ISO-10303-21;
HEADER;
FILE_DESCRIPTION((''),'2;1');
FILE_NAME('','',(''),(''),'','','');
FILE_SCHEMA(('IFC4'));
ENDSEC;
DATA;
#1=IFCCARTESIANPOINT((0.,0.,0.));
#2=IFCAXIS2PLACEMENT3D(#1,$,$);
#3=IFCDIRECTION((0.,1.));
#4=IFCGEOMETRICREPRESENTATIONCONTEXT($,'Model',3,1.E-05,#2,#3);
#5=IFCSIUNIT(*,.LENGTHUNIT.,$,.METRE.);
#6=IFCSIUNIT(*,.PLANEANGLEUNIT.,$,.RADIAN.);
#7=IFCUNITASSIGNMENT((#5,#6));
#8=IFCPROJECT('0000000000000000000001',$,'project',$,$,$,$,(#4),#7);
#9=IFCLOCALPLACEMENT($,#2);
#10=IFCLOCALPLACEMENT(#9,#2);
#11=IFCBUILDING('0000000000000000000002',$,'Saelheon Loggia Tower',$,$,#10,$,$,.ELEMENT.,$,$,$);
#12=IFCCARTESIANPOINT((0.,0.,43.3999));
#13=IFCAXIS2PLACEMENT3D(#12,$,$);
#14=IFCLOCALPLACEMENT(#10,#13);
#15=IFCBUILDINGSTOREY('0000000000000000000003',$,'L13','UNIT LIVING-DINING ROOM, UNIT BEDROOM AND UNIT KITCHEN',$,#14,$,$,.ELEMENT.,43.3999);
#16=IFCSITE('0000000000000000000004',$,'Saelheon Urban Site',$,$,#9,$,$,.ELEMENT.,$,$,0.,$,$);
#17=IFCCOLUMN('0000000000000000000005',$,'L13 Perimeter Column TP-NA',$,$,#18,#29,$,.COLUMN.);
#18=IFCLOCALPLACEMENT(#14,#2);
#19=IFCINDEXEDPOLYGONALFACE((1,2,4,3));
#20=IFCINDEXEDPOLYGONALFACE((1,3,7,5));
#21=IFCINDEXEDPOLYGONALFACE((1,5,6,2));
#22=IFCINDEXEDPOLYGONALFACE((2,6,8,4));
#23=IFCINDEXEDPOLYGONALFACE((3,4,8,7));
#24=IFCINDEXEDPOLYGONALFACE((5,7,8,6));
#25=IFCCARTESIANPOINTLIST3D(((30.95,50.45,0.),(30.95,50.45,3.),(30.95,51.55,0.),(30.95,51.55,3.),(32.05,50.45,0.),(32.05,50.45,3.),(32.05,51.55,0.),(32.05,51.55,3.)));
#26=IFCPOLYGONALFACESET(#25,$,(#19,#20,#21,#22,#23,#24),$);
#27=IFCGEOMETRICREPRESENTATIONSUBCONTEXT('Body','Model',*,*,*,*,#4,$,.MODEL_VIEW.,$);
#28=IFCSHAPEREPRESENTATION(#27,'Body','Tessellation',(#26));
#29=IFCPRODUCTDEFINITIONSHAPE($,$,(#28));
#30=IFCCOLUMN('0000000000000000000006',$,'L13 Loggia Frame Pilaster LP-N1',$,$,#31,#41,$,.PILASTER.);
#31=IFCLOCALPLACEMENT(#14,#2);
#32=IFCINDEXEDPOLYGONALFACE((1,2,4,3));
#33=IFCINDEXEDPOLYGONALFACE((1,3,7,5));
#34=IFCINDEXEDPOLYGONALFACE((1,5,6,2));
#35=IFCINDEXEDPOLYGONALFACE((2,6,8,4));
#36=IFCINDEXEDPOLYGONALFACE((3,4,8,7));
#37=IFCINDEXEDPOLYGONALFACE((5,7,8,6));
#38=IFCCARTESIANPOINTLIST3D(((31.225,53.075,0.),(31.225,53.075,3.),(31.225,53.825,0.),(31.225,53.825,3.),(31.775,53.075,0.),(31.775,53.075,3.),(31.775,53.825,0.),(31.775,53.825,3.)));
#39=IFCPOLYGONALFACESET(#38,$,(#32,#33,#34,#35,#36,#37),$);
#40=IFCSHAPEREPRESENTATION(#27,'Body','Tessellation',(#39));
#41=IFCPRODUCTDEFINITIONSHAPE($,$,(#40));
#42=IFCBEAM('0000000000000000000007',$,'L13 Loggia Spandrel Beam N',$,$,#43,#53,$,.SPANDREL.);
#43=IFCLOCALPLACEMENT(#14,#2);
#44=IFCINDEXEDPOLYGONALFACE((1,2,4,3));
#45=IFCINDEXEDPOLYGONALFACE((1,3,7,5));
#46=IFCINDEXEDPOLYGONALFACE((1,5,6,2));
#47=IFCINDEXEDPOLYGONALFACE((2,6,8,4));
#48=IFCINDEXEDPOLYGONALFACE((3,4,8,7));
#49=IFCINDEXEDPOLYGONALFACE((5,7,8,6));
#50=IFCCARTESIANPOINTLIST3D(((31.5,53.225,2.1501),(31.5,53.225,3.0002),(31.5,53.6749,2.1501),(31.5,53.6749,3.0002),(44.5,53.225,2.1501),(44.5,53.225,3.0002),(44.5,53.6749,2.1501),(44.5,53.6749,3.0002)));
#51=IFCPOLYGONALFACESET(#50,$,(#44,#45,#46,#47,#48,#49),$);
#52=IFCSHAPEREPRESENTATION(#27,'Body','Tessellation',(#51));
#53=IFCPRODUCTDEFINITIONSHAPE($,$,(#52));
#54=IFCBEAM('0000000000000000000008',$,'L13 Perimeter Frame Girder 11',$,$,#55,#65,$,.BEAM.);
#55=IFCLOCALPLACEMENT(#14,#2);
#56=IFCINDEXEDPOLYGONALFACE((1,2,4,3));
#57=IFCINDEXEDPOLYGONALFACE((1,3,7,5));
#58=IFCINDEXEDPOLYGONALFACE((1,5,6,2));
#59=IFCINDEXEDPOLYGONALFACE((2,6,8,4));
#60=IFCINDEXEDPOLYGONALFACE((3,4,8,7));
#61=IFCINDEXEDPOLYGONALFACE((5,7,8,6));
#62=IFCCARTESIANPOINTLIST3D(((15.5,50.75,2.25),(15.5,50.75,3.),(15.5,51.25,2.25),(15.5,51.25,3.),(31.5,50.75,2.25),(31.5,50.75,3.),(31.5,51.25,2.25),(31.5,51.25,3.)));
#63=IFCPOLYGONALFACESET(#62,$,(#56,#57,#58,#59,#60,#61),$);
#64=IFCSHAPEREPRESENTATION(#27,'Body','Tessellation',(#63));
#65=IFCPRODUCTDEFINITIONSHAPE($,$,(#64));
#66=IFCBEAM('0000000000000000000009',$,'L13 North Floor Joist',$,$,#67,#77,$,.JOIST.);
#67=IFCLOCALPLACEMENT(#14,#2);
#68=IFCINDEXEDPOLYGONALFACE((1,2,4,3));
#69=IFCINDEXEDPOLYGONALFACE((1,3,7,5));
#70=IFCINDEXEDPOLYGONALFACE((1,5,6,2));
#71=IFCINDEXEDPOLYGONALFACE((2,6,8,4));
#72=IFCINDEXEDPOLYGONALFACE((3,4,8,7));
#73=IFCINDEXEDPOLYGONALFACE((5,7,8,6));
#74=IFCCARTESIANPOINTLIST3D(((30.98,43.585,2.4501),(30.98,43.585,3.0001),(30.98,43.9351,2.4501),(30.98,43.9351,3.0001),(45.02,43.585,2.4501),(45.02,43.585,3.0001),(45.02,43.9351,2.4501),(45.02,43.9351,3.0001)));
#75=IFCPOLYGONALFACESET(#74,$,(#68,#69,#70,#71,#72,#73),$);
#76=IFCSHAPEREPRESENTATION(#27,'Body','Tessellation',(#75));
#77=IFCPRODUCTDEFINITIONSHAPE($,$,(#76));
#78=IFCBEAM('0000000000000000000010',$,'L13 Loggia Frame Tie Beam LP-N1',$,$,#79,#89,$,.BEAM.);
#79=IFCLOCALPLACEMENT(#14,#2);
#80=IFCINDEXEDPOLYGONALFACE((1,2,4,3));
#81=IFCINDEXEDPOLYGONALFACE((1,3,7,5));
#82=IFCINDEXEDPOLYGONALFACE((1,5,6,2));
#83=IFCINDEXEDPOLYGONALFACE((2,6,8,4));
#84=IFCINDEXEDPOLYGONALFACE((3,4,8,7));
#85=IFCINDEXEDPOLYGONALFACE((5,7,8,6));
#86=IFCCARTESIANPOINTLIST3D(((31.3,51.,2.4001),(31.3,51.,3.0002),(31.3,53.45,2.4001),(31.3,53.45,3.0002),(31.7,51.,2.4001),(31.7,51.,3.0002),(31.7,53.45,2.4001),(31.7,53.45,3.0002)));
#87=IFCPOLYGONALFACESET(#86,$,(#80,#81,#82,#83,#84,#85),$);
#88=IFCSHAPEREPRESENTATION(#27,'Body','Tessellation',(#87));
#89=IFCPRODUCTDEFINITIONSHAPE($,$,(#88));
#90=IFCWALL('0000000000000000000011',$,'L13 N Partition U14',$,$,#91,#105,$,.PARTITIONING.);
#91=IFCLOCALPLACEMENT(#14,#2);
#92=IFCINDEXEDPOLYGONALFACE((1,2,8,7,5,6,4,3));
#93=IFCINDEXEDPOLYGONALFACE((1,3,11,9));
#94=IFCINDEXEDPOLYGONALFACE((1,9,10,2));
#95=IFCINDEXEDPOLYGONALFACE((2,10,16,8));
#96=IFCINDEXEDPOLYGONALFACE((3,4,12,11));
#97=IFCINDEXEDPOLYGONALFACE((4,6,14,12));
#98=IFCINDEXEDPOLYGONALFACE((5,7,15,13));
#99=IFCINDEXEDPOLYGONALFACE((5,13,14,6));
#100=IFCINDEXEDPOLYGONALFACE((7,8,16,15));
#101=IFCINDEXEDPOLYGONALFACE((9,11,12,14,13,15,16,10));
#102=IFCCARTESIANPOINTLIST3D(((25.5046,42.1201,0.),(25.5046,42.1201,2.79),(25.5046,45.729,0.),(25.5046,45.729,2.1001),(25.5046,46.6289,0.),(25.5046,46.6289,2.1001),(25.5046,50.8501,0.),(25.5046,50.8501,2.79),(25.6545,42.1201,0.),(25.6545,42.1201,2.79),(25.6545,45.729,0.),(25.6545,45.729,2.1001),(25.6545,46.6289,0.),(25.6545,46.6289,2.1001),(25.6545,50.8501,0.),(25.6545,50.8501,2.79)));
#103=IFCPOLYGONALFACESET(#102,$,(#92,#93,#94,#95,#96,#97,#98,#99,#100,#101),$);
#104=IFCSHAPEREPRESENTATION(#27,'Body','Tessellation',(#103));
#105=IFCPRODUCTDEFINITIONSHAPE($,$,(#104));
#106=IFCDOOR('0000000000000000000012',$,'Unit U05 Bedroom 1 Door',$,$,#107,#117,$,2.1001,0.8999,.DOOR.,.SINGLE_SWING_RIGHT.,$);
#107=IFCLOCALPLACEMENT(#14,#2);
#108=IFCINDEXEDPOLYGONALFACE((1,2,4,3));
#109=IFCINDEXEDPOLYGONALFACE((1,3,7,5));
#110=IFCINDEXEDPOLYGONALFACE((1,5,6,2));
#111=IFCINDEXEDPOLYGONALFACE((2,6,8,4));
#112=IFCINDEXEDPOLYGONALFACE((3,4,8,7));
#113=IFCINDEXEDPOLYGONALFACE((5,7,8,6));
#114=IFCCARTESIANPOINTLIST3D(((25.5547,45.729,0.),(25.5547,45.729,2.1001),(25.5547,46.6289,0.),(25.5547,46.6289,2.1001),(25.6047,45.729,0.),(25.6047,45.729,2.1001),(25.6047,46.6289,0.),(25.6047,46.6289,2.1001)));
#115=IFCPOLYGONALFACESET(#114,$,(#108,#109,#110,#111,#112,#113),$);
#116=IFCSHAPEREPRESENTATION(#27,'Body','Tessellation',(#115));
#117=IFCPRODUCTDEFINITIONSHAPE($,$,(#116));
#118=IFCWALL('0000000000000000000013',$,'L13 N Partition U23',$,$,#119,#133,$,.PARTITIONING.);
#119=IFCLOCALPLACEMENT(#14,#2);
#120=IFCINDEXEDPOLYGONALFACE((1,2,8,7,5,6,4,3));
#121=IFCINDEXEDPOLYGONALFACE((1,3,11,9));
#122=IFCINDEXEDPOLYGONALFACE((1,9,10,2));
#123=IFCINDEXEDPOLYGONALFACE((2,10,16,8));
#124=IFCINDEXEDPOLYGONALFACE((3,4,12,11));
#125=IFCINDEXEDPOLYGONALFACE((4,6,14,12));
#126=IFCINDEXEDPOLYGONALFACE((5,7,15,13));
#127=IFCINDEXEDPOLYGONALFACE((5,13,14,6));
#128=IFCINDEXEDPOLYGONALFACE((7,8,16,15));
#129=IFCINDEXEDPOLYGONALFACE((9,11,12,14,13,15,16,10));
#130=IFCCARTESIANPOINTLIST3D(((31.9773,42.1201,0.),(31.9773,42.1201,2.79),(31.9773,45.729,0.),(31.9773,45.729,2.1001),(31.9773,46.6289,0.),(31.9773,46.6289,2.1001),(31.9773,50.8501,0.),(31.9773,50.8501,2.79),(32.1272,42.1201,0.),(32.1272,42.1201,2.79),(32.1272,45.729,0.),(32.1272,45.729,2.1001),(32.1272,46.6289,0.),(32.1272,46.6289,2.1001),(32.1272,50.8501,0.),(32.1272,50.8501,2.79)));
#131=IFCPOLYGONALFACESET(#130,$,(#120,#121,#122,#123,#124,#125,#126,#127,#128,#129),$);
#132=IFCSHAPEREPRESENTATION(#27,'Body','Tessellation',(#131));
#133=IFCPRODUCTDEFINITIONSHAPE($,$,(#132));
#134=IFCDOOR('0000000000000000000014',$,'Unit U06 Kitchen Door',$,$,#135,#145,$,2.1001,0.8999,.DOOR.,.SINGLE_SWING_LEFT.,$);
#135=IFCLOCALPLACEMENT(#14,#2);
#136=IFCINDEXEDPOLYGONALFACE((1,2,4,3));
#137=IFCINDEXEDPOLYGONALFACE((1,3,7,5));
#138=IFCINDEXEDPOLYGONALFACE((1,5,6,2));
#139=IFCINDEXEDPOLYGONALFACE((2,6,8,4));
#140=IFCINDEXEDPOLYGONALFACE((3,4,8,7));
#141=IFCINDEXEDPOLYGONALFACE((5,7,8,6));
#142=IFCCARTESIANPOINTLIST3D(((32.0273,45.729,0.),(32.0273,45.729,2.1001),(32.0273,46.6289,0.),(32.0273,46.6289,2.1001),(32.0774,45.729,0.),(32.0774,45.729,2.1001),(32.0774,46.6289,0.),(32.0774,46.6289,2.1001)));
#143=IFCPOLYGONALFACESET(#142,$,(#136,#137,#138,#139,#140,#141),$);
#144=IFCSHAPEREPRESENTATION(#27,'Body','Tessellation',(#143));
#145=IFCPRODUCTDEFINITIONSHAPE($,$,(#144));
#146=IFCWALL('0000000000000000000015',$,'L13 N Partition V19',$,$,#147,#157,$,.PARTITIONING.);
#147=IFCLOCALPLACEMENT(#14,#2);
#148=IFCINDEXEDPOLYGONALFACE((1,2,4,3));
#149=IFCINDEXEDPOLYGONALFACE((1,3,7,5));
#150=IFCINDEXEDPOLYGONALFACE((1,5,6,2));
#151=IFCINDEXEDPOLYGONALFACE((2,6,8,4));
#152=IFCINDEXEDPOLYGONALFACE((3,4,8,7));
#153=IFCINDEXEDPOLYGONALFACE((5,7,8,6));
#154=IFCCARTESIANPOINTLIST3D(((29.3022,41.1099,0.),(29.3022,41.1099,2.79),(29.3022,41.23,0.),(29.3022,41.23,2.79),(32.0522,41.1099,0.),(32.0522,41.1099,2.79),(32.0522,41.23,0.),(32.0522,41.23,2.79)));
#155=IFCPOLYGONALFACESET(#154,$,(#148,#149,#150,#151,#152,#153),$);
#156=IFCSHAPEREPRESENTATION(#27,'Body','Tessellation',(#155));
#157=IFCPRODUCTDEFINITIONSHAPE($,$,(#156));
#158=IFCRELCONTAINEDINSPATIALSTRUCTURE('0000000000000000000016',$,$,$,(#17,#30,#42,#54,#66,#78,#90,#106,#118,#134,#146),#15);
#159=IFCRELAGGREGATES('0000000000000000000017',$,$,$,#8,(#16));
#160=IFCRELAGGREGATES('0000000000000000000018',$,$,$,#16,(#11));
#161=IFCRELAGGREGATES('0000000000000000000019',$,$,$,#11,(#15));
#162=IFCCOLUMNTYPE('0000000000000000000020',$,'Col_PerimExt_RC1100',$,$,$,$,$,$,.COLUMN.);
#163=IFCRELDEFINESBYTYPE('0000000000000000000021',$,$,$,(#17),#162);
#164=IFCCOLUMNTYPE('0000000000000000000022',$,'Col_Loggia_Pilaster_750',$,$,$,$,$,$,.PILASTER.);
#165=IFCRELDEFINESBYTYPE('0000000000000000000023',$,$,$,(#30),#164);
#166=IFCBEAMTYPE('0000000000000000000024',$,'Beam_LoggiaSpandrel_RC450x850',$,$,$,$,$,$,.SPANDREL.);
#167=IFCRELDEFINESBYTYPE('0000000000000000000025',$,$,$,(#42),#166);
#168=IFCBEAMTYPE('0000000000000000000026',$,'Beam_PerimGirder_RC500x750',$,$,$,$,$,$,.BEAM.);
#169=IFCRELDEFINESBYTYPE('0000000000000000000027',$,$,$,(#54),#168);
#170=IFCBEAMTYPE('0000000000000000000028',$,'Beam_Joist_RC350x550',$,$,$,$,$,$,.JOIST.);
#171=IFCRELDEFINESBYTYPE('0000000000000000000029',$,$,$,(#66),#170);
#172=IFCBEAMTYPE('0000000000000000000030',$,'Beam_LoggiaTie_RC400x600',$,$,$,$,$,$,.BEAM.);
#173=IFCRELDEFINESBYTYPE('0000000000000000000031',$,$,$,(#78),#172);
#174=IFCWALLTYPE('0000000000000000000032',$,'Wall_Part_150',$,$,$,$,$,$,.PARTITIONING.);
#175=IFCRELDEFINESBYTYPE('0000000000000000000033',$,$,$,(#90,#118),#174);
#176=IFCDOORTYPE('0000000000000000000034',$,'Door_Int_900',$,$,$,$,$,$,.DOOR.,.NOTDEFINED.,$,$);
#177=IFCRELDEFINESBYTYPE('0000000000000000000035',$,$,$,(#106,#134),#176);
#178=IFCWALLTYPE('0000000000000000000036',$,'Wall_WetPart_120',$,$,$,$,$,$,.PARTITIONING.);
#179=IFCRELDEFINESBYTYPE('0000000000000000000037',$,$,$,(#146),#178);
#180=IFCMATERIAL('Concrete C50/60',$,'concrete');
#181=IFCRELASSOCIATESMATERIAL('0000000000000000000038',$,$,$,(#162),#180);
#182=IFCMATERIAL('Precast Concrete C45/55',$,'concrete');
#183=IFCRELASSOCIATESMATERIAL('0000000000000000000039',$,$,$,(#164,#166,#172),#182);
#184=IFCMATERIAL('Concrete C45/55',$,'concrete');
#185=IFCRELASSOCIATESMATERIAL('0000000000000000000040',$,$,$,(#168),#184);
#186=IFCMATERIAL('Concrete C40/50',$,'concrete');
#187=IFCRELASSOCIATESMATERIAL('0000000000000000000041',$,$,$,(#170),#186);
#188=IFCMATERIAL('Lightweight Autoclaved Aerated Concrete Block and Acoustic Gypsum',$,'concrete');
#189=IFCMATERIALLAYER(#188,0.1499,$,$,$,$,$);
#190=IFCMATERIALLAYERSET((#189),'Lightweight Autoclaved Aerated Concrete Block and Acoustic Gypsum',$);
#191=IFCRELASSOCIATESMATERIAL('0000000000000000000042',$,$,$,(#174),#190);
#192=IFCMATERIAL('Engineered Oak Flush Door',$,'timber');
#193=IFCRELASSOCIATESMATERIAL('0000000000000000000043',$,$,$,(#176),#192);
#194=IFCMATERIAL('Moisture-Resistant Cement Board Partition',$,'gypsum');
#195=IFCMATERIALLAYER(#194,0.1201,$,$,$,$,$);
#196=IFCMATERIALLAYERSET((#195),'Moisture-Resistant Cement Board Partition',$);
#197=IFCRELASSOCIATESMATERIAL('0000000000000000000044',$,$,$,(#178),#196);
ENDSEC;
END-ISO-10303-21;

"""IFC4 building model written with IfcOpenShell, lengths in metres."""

from ifc_helpers import new_model, si_unit, direction, frame, frame_2d, origin, origin_2d, place, context, subcontext, project, spatial, rectangle, extrude, source, transform, mapped, material, layer, layer_set, material_profile, profile_set, type_object, element, fill, save


model = new_model("IFC4")

# Units and contexts
model_context = context("Model", 3, precision=1e-05, world=origin(), true_north=direction((0.0, 1.0)))
body_context = subcontext(model_context, "Body", "Model", "MODEL_VIEW")
ifc_project = project(units=[si_unit("LENGTHUNIT", "METRE"), si_unit("PLANEANGLEUNIT", "RADIAN")], contexts=[model_context])

# Site, building, storey
site_placement = place(None, origin())
site = spatial("IfcSite", under=ifc_project, at=site_placement, Name="Saelheon Urban Site", CompositionType="ELEMENT", RefElevation=0.0)
building_placement = place(site_placement, origin())
building = spatial("IfcBuilding", under=site, at=building_placement, Name="Saelheon Loggia Tower", CompositionType="ELEMENT")
storey_placement = place(building_placement, frame((0.0, 0.0, 43.3999)))
storey = spatial("IfcBuildingStorey", under=building, at=storey_placement, Name="L13", Description="UNIT LIVING-DINING ROOM, UNIT BEDROOM AND UNIT KITCHEN", CompositionType="ELEMENT", Elevation=43.3999)

# Columns
ifc_material_1 = material(Name="Concrete C50/60", Category="concrete")
ifc_material_profile_1 = material_profile(ifc_material_1, rectangle(XDim=1.1001, YDim=1.1001, at=origin_2d()), Name="RC-1100x1100")
ifc_profile_set_1 = profile_set([ifc_material_profile_1], Name="Concrete C50/60")
column_type_1 = type_object("IfcColumnType", Name="Col_PerimExt_RC1100", PredefinedType="COLUMN", material=ifc_profile_set_1)
shared_shape_1 = source(origin(), body_context, "Body", "SweptSolid", [
    extrude(rectangle(XDim=1.1001, YDim=1.1001, at=origin_2d()), origin(), (0.0, 0.0, 1.0), 3.0),
])
column_1_placement = place(storey_placement, frame((31.5, 51.0, 0.0), z_axis=(0.0, 0.0, 1.0), x_axis=(1.0, 0.0, 0.0)))
element("IfcColumn", 1, at=column_1_placement, inside=storey, type_object=column_type_1, Name="L13 Perimeter Column TP-NA", PredefinedType="COLUMN", context=body_context, shape_type="MappedRepresentation", body=[
    mapped(shared_shape_1, transform((0.0, 0.0, 0.0), scale=1.0)),
])
ifc_material_2 = material(Name="Precast Concrete C45/55", Category="concrete")
ifc_material_profile_2 = material_profile(ifc_material_2, rectangle(XDim=0.55, YDim=0.75, at=origin_2d()), Name="RC-550x750")
ifc_profile_set_2 = profile_set([ifc_material_profile_2], Name="Precast Concrete C45/55")
column_type_2 = type_object("IfcColumnType", Name="Col_Loggia_Pilaster_750", PredefinedType="PILASTER", material=ifc_profile_set_2)
shared_shape_2 = source(origin(), body_context, "Body", "SweptSolid", [
    extrude(rectangle(XDim=0.55, YDim=0.75, at=origin_2d()), origin(), (0.0, 0.0, 1.0), 3.0),
])
column_2_placement = place(storey_placement, frame((31.5, 53.45, 0.0), z_axis=(0.0, 0.0, 1.0), x_axis=(1.0, 0.0, 0.0)))
element("IfcColumn", 2, at=column_2_placement, inside=storey, type_object=column_type_2, Name="L13 Loggia Frame Pilaster LP-N1", PredefinedType="PILASTER", context=body_context, shape_type="MappedRepresentation", body=[
    mapped(shared_shape_2, transform((0.0, 0.0, 0.0), scale=1.0)),
])

# Beams
ifc_material_profile_3 = material_profile(ifc_material_2, rectangle(XDim=0.45, YDim=0.8501, at=origin_2d()), Name="RC-450x850")
ifc_profile_set_3 = profile_set([ifc_material_profile_3], Name="Precast Concrete C45/55")
beam_type_1 = type_object("IfcBeamType", Name="Beam_LoggiaSpandrel_RC450x850", PredefinedType="SPANDREL", material=ifc_profile_set_3)
shared_shape_3 = source(origin(), body_context, "Body", "SweptSolid", [
    extrude(rectangle(XDim=0.45, YDim=0.8501, at=origin_2d()), origin(), (0.0, 0.0, 1.0), 13.0),
])
beam_1_placement = place(storey_placement, frame((31.5, 53.45, 2.5752), z_axis=(1.0, 0.0, 0.0), x_axis=(0.0, 1.0, 0.0)))
element("IfcBeam", 3, at=beam_1_placement, inside=storey, type_object=beam_type_1, Name="L13 Loggia Spandrel Beam N", PredefinedType="SPANDREL", context=body_context, shape_type="MappedRepresentation", body=[
    mapped(shared_shape_3, transform((0.0, 0.0, 0.0), scale=1.0)),
])
ifc_material_3 = material(Name="Concrete C45/55", Category="concrete")
ifc_material_profile_4 = material_profile(ifc_material_3, rectangle(XDim=0.5, YDim=0.75, at=origin_2d()), Name="RC-500x750")
ifc_profile_set_4 = profile_set([ifc_material_profile_4], Name="Concrete C45/55")
beam_type_2 = type_object("IfcBeamType", Name="Beam_PerimGirder_RC500x750", PredefinedType="BEAM", material=ifc_profile_set_4)
shared_shape_4 = source(origin(), body_context, "Body", "SweptSolid", [
    extrude(rectangle(XDim=0.5, YDim=0.75, at=origin_2d()), origin(), (0.0, 0.0, 1.0), 16.0),
])
beam_2_placement = place(storey_placement, frame((31.5, 51.0, 2.625), z_axis=(-1.0, 0.0, 0.0), x_axis=(0.0, -1.0, 0.0)))
element("IfcBeam", 4, at=beam_2_placement, inside=storey, type_object=beam_type_2, Name="L13 Perimeter Frame Girder 11", PredefinedType="BEAM", context=body_context, shape_type="MappedRepresentation", body=[
    mapped(shared_shape_4, transform((0.0, 0.0, 0.0), scale=1.0)),
])
ifc_material_4 = material(Name="Concrete C40/50", Category="concrete")
ifc_material_profile_5 = material_profile(ifc_material_4, rectangle(XDim=0.3501, YDim=0.55, at=origin_2d()), Name="RC-350x550")
ifc_profile_set_5 = profile_set([ifc_material_profile_5], Name="Concrete C40/50")
beam_type_3 = type_object("IfcBeamType", Name="Beam_Joist_RC350x550", PredefinedType="JOIST", material=ifc_profile_set_5)
shared_shape_5 = source(origin(), body_context, "Body", "SweptSolid", [
    extrude(rectangle(XDim=0.3501, YDim=0.55, at=origin_2d()), origin(), (0.0, 0.0, 1.0), 14.04),
])
beam_3_placement = place(storey_placement, frame((30.98, 43.76, 2.7251), z_axis=(1.0, 0.0, 0.0), x_axis=(0.0, 1.0, 0.0)))
element("IfcBeam", 5, at=beam_3_placement, inside=storey, type_object=beam_type_3, Name="L13 North Floor Joist", PredefinedType="JOIST", context=body_context, shape_type="MappedRepresentation", body=[
    mapped(shared_shape_5, transform((0.0, 0.0, 0.0), scale=1.0)),
])
ifc_material_profile_6 = material_profile(ifc_material_2, rectangle(XDim=0.3999, YDim=0.6001, at=origin_2d()), Name="RC-400x600")
ifc_profile_set_6 = profile_set([ifc_material_profile_6], Name="Precast Concrete C45/55")
beam_type_4 = type_object("IfcBeamType", Name="Beam_LoggiaTie_RC400x600", PredefinedType="BEAM", material=ifc_profile_set_6)
shared_shape_6 = source(origin(), body_context, "Body", "SweptSolid", [
    extrude(rectangle(XDim=0.3999, YDim=0.6001, at=origin_2d()), origin(), (0.0, 0.0, 1.0), 2.45),
])
beam_4_placement = place(storey_placement, frame((31.5, 51.0, 2.7002), z_axis=(0.0, 1.0, 0.0), x_axis=(-1.0, 0.0, 0.0)))
element("IfcBeam", 6, at=beam_4_placement, inside=storey, type_object=beam_type_4, Name="L13 Loggia Frame Tie Beam LP-N1", PredefinedType="BEAM", context=body_context, shape_type="MappedRepresentation", body=[
    mapped(shared_shape_6, transform((0.0, 0.0, 0.0), scale=1.0)),
])

# Walls, openings, doors
ifc_material_5 = material(Name="Lightweight Autoclaved Aerated Concrete Block and Acoustic Gypsum", Category="concrete")
ifc_layer_1 = layer(ifc_material_5, 0.1499)
ifc_layer_set_1 = layer_set([ifc_layer_1], Name="Lightweight Autoclaved Aerated Concrete Block and Acoustic Gypsum")
wall_type_1 = type_object("IfcWallType", Name="Wall_Part_150", PredefinedType="PARTITIONING", material=ifc_layer_set_1)
wall_1_placement = place(storey_placement, frame((25.5796, 42.1201, 0.0), z_axis=(0.0, 0.0, 1.0), x_axis=(0.0, 1.0, 0.0)))
wall_1 = element("IfcWall", 7, at=wall_1_placement, inside=storey, type_object=wall_type_1, Name="L13 N Partition U14", PredefinedType="PARTITIONING", context=body_context, shape_type="SweptSolid", body=[
    extrude(rectangle(XDim=8.73, YDim=0.1499, at=frame_2d((4.365, 0.0))), origin(), (0.0, 0.0, 1.0), 2.79),
])
opening_1_placement = place(wall_1_placement, frame((3.6089, 0.0, 0.0)))
opening_1 = element("IfcOpeningElement", 8, at=opening_1_placement, cuts=wall_1, PredefinedType="OPENING", context=body_context, shape_type="SweptSolid", body=[
    extrude(rectangle(XDim=0.8999, YDim=2.1001, at=frame_2d((0.45, 1.05))), frame((0.0, 0.0869, 0.0), z_axis=(0.0, -1.0, 0.0), x_axis=(1.0, 0.0, 0.0)), (0.0, 0.0, 1.0), 0.1738),
])
ifc_material_6 = material(Name="Engineered Oak Flush Door", Category="timber")
door_type_1 = type_object("IfcDoorType", Name="Door_Int_900", OperationType="NOTDEFINED", PredefinedType="DOOR", material=ifc_material_6)
shared_shape_7 = source(origin(), body_context, "Body", "SweptSolid", [
    extrude(rectangle(XDim=0.8999, YDim=2.1001, at=frame_2d((0.45, 1.05))), frame((0.0, 0.0249, 0.0), z_axis=(0.0, -1.0, 0.0), x_axis=(1.0, 0.0, 0.0)), (0.0, 0.0, 1.0), 0.05),
])
door_1_placement = place(opening_1_placement, origin())
door_1 = element("IfcDoor", 9, at=door_1_placement, inside=storey, type_object=door_type_1, Name="Unit U05 Bedroom 1 Door", OperationType="SINGLE_SWING_RIGHT", OverallHeight=2.1001, OverallWidth=0.8999, PredefinedType="DOOR", context=body_context, shape_type="MappedRepresentation", body=[
    mapped(shared_shape_7, transform((0.0, 0.0, 0.0), scale=1.0)),
])
fill(opening_1, door_1)
wall_2_placement = place(storey_placement, frame((32.0522, 42.1201, 0.0), z_axis=(0.0, 0.0, 1.0), x_axis=(0.0, 1.0, 0.0)))
wall_2 = element("IfcWall", 10, at=wall_2_placement, inside=storey, type_object=wall_type_1, Name="L13 N Partition U23", PredefinedType="PARTITIONING", context=body_context, shape_type="SweptSolid", body=[
    extrude(rectangle(XDim=8.73, YDim=0.1499, at=frame_2d((4.365, 0.0))), origin(), (0.0, 0.0, 1.0), 2.79),
])
opening_2_placement = place(wall_2_placement, frame((3.6089, 0.0, 0.0)))
opening_2 = element("IfcOpeningElement", 11, at=opening_2_placement, cuts=wall_2, PredefinedType="OPENING", context=body_context, shape_type="SweptSolid", body=[
    extrude(rectangle(XDim=0.8999, YDim=2.1001, at=frame_2d((0.45, 1.05))), frame((0.0, 0.0869, 0.0), z_axis=(0.0, -1.0, 0.0), x_axis=(1.0, 0.0, 0.0)), (0.0, 0.0, 1.0), 0.1738),
])
door_2_placement = place(opening_2_placement, origin())
door_2 = element("IfcDoor", 12, at=door_2_placement, inside=storey, type_object=door_type_1, Name="Unit U06 Kitchen Door", OperationType="SINGLE_SWING_LEFT", OverallHeight=2.1001, OverallWidth=0.8999, PredefinedType="DOOR", context=body_context, shape_type="MappedRepresentation", body=[
    mapped(shared_shape_7, transform((0.0, 0.0, 0.0), scale=1.0)),
])
fill(opening_2, door_2)

# Wall
ifc_material_7 = material(Name="Moisture-Resistant Cement Board Partition", Category="gypsum")
ifc_layer_2 = layer(ifc_material_7, 0.1201)
ifc_layer_set_2 = layer_set([ifc_layer_2], Name="Moisture-Resistant Cement Board Partition")
wall_type_2 = type_object("IfcWallType", Name="Wall_WetPart_120", PredefinedType="PARTITIONING", material=ifc_layer_set_2)
wall_3_placement = place(storey_placement, frame((29.3022, 41.1699, 0.0), z_axis=(0.0, 0.0, 1.0), x_axis=(1.0, 0.0, 0.0)))
element("IfcWall", 13, at=wall_3_placement, inside=storey, type_object=wall_type_2, Name="L13 N Partition V19", PredefinedType="PARTITIONING", context=body_context, shape_type="SweptSolid", body=[
    extrude(rectangle(XDim=2.75, YDim=0.1201, at=frame_2d((1.375, 0.0))), origin(), (0.0, 0.0, 1.0), 2.79),
])

save(model, "model.ifc")
